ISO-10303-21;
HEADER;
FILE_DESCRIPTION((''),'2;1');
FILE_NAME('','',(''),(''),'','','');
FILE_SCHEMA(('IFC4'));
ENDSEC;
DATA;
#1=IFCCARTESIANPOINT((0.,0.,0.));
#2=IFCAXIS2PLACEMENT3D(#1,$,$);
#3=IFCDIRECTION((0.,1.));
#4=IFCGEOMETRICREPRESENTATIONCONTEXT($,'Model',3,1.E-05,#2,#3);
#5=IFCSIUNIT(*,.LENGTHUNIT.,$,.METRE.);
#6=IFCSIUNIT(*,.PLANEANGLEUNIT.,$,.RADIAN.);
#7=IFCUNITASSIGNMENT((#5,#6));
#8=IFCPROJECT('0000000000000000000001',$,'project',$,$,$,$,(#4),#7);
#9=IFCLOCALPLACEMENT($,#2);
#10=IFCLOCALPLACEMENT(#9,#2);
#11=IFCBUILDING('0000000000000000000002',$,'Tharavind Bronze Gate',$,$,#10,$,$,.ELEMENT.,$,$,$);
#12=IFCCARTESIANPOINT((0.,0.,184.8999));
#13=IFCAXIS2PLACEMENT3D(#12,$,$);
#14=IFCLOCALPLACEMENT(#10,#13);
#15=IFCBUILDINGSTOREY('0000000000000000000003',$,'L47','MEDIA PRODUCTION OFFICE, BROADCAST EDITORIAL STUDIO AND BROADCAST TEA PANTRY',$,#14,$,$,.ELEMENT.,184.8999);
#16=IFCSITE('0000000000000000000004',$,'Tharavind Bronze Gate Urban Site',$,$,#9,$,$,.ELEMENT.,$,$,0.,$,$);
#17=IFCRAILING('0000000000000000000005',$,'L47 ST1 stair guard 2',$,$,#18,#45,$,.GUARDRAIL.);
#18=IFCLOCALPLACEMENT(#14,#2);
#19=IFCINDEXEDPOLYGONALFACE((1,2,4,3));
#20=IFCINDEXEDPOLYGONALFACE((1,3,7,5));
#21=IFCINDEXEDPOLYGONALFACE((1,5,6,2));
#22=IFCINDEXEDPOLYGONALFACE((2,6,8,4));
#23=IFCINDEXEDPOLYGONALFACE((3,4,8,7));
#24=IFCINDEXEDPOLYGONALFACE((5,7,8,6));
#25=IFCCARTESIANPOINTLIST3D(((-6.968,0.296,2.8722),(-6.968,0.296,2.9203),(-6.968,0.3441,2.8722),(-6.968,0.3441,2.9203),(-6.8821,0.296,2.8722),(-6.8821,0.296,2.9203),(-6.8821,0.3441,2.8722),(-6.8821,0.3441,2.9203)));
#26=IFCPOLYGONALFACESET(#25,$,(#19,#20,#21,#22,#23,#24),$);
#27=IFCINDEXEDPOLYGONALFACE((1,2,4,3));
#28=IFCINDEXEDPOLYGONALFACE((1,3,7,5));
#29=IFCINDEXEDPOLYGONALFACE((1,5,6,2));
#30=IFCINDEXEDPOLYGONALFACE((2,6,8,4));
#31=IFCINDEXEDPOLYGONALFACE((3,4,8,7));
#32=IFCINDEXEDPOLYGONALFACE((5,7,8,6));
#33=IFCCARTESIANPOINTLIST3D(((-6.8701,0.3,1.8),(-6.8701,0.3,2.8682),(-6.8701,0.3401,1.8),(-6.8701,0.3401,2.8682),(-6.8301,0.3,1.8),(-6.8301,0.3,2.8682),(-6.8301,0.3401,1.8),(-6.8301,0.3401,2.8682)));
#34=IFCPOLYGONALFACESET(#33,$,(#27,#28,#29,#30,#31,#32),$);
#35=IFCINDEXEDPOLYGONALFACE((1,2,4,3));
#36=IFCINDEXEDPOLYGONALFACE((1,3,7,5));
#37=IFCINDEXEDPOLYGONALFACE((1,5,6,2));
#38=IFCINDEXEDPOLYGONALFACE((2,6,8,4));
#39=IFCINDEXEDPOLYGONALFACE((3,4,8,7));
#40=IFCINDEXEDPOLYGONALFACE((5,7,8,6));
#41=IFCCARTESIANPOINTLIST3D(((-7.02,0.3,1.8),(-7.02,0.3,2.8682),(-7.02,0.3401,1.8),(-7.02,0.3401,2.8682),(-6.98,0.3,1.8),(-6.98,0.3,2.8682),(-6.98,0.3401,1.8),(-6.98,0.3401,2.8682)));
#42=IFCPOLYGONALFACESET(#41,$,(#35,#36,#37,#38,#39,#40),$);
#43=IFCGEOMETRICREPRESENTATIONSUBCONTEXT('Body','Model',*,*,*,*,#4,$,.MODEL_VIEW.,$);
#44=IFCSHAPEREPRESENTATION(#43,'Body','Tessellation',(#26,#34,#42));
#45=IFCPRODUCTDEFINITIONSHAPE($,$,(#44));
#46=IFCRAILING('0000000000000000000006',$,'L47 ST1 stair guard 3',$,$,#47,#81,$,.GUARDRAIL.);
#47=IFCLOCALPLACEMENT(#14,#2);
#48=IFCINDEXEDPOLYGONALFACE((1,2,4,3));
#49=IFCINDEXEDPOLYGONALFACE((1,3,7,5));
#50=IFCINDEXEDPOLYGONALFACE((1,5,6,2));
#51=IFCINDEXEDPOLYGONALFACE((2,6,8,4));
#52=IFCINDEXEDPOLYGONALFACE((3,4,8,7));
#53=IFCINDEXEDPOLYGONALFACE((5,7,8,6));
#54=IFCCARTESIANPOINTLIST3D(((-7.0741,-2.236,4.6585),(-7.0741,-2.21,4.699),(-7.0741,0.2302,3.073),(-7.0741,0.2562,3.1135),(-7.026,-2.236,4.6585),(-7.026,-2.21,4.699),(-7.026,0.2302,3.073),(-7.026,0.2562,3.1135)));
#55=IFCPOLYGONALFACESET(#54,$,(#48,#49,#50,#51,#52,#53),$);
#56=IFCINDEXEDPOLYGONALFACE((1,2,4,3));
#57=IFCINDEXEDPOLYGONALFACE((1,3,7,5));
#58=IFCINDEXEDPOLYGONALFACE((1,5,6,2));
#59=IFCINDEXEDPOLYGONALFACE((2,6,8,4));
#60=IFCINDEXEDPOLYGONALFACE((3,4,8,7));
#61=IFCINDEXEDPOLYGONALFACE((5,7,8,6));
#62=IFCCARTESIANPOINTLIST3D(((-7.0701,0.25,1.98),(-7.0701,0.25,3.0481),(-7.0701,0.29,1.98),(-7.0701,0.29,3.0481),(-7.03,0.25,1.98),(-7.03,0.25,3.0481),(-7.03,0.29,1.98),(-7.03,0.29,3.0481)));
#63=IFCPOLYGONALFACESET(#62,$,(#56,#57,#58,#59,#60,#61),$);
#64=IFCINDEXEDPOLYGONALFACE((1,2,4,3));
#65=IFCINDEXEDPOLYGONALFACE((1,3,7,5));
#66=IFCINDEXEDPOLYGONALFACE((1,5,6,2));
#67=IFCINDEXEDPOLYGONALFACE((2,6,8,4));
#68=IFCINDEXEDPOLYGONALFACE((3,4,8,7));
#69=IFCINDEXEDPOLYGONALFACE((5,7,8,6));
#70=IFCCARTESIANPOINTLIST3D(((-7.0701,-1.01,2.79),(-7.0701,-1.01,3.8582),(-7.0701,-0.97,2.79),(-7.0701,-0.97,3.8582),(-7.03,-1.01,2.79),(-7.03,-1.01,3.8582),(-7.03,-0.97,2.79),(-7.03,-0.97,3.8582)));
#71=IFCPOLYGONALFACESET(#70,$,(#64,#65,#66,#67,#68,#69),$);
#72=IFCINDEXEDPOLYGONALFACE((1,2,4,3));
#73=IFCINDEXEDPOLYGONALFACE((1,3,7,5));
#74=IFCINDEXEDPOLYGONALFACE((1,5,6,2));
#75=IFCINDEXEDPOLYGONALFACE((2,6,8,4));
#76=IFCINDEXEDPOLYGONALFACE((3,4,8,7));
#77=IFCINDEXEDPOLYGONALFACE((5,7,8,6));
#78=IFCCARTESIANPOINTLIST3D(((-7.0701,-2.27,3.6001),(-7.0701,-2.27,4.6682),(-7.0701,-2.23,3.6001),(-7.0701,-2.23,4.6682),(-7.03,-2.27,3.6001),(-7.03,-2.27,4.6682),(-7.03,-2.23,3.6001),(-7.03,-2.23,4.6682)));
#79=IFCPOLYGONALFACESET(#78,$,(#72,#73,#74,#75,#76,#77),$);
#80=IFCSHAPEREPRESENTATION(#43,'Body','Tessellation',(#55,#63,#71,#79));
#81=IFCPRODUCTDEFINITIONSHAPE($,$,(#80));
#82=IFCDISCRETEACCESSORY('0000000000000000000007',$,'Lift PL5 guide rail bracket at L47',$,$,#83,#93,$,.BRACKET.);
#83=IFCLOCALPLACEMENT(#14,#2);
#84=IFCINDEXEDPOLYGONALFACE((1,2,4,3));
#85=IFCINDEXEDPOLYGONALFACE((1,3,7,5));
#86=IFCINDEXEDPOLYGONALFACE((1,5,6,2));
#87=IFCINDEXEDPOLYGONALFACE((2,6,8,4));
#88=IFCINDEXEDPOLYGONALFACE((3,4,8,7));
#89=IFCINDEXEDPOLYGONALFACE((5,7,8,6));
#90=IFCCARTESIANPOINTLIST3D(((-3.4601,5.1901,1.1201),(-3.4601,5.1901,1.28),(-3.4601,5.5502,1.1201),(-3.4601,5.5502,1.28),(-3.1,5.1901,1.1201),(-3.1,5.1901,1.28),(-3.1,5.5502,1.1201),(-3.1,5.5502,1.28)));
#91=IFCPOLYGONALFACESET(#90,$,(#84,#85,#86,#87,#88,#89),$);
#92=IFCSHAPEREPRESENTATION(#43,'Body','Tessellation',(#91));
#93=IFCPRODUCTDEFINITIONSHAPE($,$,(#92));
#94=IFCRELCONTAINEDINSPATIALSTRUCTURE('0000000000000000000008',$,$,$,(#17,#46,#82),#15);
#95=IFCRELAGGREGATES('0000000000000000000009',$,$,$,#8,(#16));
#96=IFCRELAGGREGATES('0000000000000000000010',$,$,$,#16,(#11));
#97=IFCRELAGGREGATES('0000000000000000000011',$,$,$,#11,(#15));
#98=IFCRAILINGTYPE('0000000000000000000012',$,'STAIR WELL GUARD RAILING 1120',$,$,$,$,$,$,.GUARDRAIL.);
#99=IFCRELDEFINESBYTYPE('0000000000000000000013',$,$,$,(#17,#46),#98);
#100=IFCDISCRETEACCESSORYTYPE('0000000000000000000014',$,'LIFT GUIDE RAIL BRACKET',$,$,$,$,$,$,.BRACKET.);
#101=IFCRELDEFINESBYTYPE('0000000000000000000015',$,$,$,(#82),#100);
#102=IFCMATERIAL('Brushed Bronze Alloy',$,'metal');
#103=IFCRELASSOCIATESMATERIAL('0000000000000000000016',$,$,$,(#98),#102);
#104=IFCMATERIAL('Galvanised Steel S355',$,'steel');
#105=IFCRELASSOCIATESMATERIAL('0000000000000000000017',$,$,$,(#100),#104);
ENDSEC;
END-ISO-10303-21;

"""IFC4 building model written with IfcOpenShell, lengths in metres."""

from ifc_helpers import new_model, si_unit, direction, frame, origin, origin_2d, place, context, subcontext, project, spatial, rectangle, extrude, material, type_object, element, save


model = new_model("IFC4")

# Units and contexts
model_context = context("Model", 3, precision=1e-05, world=origin(), true_north=direction((0.0, 1.0)))
body_context = subcontext(model_context, "Body", "Model", "MODEL_VIEW")
ifc_project = project(units=[si_unit("LENGTHUNIT", "METRE"), si_unit("PLANEANGLEUNIT", "RADIAN")], contexts=[model_context])

# Site, building, storey
site_placement = place(None, origin())
site = spatial("IfcSite", under=ifc_project, at=site_placement, Name="Tharavind Bronze Gate Urban Site", CompositionType="ELEMENT", RefElevation=0.0)
building_placement = place(site_placement, origin())
building = spatial("IfcBuilding", under=site, at=building_placement, Name="Tharavind Bronze Gate", CompositionType="ELEMENT")
storey_placement = place(building_placement, frame((0.0, 0.0, 184.8999)))
storey = spatial("IfcBuildingStorey", under=building, at=storey_placement, Name="L47", Description="MEDIA PRODUCTION OFFICE, BROADCAST EDITORIAL STUDIO AND BROADCAST TEA PANTRY", CompositionType="ELEMENT", Elevation=184.8999)

# Railings
ifc_material_1 = material(Name="Brushed Bronze Alloy", Category="metal")
railing_type_1 = type_object("IfcRailingType", Name="STAIR WELL GUARD RAILING 1120", PredefinedType="GUARDRAIL", material=ifc_material_1)
railing_1_placement = place(storey_placement, frame((-6.8501, 0.3201, 1.8)))
element("IfcRailing", 1, at=railing_1_placement, inside=storey, type_object=railing_type_1, Name="L47 ST1 stair guard 2", PredefinedType="GUARDRAIL", context=body_context, shape_type="SweptSolid", body=[
    extrude(rectangle(XDim=0.0481, YDim=0.0481, at=origin_2d()), frame((-0.032, 0.0, 1.0962), z_axis=(-1.0, 0.0, 0.0), x_axis=(0.0, -1.0, 0.0)), (0.0, 0.0, 1.0), 0.0859),
    extrude(rectangle(XDim=0.04, YDim=0.04, at=origin_2d()), origin(), (0.0, 0.0, 1.0), 1.0681),
    extrude(rectangle(XDim=0.04, YDim=0.04, at=origin_2d()), frame((-0.1499, 0.0, 0.0)), (0.0, 0.0, 1.0), 1.0681),
])
railing_2_placement = place(storey_placement, frame((-7.05, 0.27, 1.98)))
element("IfcRailing", 2, at=railing_2_placement, inside=storey, type_object=railing_type_1, Name="L47 ST1 stair guard 3", PredefinedType="GUARDRAIL", context=body_context, shape_type="SweptSolid", body=[
    extrude(rectangle(XDim=0.0481, YDim=0.0481, at=origin_2d()), frame((0.0, -0.0269, 1.1133), z_axis=(0.0, -0.841163, 0.540782), x_axis=(1.0, 0.0, 0.0)), (0.0, 0.0, 1.0), 2.9319),
    extrude(rectangle(XDim=0.04, YDim=0.04, at=origin_2d()), origin(), (0.0, 0.0, 1.0), 1.0681),
    extrude(rectangle(XDim=0.04, YDim=0.04, at=origin_2d()), frame((0.0, -1.26, 0.8101)), (0.0, 0.0, 1.0), 1.0681),
    extrude(rectangle(XDim=0.04, YDim=0.04, at=origin_2d()), frame((0.0, -2.52, 1.6201)), (0.0, 0.0, 1.0), 1.0681),
])

# Discrete accessory
ifc_material_2 = material(Name="Galvanised Steel S355", Category="steel")
discrete_accessory_type = type_object("IfcDiscreteAccessoryType", Name="LIFT GUIDE RAIL BRACKET", PredefinedType="BRACKET", material=ifc_material_2)
discrete_accessory_placement = place(storey_placement, frame((-3.28, 5.3701, 1.1201), z_axis=(0.0, 0.0, 1.0), x_axis=(1.0, 0.0, 0.0)))
element("IfcDiscreteAccessory", 3, at=discrete_accessory_placement, inside=storey, type_object=discrete_accessory_type, Name="Lift PL5 guide rail bracket at L47", PredefinedType="BRACKET", context=body_context, shape_type="SweptSolid", body=[
    extrude(rectangle(XDim=0.3601, YDim=0.3601, at=origin_2d()), origin(), (0.0, 0.0, 1.0), 0.1599),
])

save(model, "model.ifc")
